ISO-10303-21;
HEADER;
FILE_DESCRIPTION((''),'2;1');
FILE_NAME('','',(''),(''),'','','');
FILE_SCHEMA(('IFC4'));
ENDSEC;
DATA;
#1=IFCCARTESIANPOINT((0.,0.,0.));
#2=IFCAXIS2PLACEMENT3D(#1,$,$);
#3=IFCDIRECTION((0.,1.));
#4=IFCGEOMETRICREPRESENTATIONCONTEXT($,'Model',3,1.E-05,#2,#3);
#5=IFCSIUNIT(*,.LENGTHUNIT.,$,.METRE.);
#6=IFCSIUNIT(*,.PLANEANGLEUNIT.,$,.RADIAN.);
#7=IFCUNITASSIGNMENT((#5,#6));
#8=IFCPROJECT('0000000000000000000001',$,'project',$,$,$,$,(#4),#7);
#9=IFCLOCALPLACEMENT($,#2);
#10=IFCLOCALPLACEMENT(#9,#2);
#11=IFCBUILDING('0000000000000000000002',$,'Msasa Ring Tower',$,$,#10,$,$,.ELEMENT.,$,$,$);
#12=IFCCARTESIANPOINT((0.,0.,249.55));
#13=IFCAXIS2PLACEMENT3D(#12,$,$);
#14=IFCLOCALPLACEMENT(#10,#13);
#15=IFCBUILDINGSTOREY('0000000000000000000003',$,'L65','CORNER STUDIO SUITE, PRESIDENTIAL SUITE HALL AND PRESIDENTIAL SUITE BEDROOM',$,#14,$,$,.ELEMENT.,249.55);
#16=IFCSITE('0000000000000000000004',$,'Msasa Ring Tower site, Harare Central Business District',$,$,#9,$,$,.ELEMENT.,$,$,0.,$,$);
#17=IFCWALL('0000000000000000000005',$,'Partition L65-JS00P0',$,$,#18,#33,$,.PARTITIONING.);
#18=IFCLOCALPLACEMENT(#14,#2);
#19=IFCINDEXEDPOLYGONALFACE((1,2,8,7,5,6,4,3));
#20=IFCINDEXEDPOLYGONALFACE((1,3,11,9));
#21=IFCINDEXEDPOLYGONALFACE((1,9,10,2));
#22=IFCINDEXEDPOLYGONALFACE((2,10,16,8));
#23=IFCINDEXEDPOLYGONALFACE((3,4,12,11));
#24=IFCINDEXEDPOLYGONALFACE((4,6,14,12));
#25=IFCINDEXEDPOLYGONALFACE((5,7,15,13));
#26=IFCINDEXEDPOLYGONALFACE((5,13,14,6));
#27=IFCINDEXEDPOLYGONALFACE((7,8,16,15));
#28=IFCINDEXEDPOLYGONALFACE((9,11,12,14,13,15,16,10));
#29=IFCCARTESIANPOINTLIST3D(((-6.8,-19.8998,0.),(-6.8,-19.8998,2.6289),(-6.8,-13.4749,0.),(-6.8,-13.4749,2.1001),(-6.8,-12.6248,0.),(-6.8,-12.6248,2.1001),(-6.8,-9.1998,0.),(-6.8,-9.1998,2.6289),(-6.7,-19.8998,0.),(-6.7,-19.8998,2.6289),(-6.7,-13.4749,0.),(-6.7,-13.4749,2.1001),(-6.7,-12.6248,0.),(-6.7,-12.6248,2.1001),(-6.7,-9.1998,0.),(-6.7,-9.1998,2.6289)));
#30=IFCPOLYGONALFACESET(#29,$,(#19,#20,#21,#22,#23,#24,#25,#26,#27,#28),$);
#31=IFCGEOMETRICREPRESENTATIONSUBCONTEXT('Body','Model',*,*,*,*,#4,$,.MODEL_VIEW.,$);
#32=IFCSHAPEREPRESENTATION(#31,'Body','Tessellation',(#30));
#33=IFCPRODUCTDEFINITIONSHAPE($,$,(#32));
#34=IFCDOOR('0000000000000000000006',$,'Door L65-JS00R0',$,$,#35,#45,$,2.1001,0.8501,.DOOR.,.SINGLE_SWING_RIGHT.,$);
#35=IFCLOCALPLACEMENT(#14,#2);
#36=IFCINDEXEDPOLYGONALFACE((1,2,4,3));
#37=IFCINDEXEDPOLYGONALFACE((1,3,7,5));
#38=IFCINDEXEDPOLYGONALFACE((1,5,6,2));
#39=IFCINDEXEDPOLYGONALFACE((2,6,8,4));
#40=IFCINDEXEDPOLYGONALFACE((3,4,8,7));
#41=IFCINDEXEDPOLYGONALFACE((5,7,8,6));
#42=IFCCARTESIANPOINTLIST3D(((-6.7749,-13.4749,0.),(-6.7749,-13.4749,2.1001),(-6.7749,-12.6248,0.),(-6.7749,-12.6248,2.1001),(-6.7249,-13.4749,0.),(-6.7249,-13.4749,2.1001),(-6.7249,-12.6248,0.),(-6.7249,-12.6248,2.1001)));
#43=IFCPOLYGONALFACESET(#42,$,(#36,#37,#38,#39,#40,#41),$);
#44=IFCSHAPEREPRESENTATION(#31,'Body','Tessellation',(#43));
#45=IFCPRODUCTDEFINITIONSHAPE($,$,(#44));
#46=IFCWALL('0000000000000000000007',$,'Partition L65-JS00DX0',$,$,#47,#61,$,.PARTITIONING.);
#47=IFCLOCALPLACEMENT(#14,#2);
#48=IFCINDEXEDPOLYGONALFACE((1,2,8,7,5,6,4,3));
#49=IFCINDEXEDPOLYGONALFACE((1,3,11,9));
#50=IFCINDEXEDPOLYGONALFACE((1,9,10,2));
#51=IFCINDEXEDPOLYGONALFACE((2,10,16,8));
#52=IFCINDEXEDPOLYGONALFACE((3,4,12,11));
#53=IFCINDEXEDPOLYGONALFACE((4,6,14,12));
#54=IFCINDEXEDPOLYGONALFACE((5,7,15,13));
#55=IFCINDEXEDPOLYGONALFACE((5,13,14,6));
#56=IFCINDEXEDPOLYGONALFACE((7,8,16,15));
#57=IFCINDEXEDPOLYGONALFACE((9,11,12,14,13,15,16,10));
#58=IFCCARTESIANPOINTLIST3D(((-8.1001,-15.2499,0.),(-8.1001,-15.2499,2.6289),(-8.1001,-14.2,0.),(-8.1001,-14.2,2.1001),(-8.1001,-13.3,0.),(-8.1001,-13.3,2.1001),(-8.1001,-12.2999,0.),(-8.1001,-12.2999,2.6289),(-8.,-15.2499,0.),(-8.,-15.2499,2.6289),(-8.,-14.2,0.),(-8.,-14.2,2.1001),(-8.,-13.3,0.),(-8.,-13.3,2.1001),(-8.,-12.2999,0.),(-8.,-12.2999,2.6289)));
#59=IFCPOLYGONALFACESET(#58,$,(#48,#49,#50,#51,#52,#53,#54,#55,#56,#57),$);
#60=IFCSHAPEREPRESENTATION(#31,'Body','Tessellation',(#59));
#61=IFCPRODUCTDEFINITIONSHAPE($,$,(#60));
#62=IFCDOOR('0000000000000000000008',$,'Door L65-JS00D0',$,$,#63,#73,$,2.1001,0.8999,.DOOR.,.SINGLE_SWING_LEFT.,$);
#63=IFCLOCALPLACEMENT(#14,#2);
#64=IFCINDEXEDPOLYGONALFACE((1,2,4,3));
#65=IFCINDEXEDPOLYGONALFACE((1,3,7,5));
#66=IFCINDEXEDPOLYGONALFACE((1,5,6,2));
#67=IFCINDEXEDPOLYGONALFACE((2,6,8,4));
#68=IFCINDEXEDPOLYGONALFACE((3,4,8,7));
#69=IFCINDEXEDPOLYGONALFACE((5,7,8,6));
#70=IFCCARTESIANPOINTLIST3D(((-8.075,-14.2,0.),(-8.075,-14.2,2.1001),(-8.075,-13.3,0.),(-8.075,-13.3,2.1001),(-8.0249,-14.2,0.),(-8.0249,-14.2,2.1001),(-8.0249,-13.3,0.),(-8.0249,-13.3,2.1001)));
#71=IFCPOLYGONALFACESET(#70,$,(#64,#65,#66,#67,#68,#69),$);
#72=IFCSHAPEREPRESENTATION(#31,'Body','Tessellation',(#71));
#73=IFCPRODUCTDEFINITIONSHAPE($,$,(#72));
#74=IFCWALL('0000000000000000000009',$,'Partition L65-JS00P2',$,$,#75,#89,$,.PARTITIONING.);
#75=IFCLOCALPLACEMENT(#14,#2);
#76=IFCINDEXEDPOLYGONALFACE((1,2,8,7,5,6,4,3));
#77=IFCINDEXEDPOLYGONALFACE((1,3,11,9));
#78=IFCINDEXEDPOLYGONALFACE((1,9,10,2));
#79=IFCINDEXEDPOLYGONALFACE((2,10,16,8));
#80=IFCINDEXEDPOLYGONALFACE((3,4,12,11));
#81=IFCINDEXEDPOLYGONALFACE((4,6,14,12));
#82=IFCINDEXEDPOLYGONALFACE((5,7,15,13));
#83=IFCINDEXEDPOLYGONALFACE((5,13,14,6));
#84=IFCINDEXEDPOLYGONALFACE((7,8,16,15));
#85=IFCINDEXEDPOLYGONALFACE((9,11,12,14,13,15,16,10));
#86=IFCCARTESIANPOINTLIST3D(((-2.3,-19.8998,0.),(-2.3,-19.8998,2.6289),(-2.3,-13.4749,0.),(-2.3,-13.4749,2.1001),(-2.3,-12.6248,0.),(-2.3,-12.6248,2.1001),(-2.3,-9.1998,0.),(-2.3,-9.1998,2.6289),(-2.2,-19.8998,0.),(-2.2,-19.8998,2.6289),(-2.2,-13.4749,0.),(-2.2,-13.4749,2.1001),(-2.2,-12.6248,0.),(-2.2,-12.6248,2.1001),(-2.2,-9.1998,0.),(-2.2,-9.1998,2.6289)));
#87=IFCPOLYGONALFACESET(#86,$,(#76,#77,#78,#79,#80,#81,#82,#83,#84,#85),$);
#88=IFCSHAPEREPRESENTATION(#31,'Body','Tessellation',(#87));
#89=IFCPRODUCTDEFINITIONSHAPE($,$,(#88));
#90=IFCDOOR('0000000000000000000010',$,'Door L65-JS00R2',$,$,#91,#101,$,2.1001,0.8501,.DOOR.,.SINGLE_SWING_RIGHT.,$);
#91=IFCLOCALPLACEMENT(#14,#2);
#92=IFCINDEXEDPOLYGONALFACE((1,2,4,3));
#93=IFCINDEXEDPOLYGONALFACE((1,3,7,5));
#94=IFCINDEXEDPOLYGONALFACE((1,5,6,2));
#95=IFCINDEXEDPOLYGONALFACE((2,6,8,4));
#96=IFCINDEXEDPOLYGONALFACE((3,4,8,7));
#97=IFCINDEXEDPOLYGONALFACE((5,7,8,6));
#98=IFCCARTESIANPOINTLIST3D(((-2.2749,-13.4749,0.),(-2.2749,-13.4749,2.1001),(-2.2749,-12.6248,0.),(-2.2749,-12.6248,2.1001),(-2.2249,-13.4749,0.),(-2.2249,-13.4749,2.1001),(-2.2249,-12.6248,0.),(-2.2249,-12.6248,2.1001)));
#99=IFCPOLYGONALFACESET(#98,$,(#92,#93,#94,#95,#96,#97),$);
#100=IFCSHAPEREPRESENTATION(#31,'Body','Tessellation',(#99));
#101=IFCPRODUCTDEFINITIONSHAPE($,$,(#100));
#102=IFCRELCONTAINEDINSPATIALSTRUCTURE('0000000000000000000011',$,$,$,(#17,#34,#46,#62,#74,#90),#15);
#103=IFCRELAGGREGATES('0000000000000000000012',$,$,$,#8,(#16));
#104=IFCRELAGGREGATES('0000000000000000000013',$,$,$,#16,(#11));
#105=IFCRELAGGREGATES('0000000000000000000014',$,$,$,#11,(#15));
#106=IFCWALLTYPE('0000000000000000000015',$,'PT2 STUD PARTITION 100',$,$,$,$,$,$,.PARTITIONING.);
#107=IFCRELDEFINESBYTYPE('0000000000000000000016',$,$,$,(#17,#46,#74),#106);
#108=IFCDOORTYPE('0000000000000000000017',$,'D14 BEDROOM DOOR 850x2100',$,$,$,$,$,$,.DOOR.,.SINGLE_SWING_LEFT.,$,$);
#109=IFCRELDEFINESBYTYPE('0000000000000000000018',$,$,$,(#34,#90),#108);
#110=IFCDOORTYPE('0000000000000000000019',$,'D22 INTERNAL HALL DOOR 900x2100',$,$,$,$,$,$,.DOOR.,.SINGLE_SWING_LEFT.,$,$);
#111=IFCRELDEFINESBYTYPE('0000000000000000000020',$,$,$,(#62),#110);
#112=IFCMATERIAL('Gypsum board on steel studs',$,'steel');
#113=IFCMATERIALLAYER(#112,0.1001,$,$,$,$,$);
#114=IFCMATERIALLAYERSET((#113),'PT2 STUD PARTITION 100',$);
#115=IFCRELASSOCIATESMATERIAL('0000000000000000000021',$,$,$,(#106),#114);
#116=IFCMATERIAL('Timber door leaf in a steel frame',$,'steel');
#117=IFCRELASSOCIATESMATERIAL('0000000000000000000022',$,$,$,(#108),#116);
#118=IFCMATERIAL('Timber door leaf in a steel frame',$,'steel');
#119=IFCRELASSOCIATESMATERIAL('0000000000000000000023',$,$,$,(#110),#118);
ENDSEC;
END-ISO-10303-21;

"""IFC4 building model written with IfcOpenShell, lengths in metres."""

from ifc_helpers import new_model, si_unit, direction, frame, frame_2d, origin, place, context, subcontext, project, spatial, rectangle, extrude, material, layer, layer_set, type_object, element, fill, save


model = new_model("IFC4")

# Units and contexts
model_context = context("Model", 3, precision=1e-05, world=origin(), true_north=direction((0.0, 1.0)))
body_context = subcontext(model_context, "Body", "Model", "MODEL_VIEW")
ifc_project = project(units=[si_unit("LENGTHUNIT", "METRE"), si_unit("PLANEANGLEUNIT", "RADIAN")], contexts=[model_context])

# Site, building, storey
site_placement = place(None, origin())
site = spatial("IfcSite", under=ifc_project, at=site_placement, Name="Msasa Ring Tower site, Harare Central Business District", CompositionType="ELEMENT", RefElevation=0.0)
building_placement = place(site_placement, origin())
building = spatial("IfcBuilding", under=site, at=building_placement, Name="Msasa Ring Tower", CompositionType="ELEMENT")
storey_placement = place(building_placement, frame((0.0, 0.0, 249.55)))
storey = spatial("IfcBuildingStorey", under=building, at=storey_placement, Name="L65", Description="CORNER STUDIO SUITE, PRESIDENTIAL SUITE HALL AND PRESIDENTIAL SUITE BEDROOM", CompositionType="ELEMENT", Elevation=249.55)

# Walls, openings, doors
ifc_material_1 = material(Name="Gypsum board on steel studs", Category="steel")
ifc_layer_1 = layer(ifc_material_1, 0.1001)
ifc_layer_set_1 = layer_set([ifc_layer_1], Name="PT2 STUD PARTITION 100")
wall_type_1 = type_object("IfcWallType", Name="PT2 STUD PARTITION 100", PredefinedType="PARTITIONING", material=ifc_layer_set_1)
wall_1_placement = place(storey_placement, frame((-6.75, -19.8999, 0.0), z_axis=(0.0, 0.0, 1.0), x_axis=(0.0, 1.0, 0.0)))
wall_1 = element("IfcWall", 1, at=wall_1_placement, inside=storey, type_object=wall_type_1, Name="Partition L65-JS00P0", PredefinedType="PARTITIONING", context=body_context, shape_type="SweptSolid", body=[
    extrude(rectangle(XDim=10.7, YDim=0.1001, at=frame_2d((5.3501, 0.0))), origin(), (0.0, 0.0, 1.0), 2.6289),
])
opening_1_placement = place(wall_1_placement, frame((6.425, 0.0, 0.0)))
opening_1 = element("IfcOpeningElement", 2, at=opening_1_placement, cuts=wall_1, PredefinedType="OPENING", context=body_context, shape_type="SweptSolid", body=[
    extrude(rectangle(XDim=0.8501, YDim=2.1001, at=frame_2d((0.425, 1.05))), frame((0.0, 0.0601, 0.0), z_axis=(0.0, -1.0, 0.0), x_axis=(1.0, 0.0, 0.0)), (0.0, 0.0, 1.0), 0.1201),
])
ifc_material_2 = material(Name="Timber door leaf in a steel frame", Category="steel")
door_type_1 = type_object("IfcDoorType", Name="D14 BEDROOM DOOR 850x2100", OperationType="SINGLE_SWING_LEFT", PredefinedType="DOOR", material=ifc_material_2)
door_1_placement = place(opening_1_placement, origin())
door_1 = element("IfcDoor", 3, at=door_1_placement, inside=storey, type_object=door_type_1, Name="Door L65-JS00R0", OperationType="SINGLE_SWING_RIGHT", OverallHeight=2.1001, OverallWidth=0.8501, PredefinedType="DOOR", context=body_context, shape_type="SweptSolid", body=[
    extrude(rectangle(XDim=0.8501, YDim=2.1001, at=frame_2d((0.425, 1.05))), frame((0.0, 0.0249, 0.0), z_axis=(0.0, -1.0, 0.0), x_axis=(1.0, 0.0, 0.0)), (0.0, 0.0, 1.0), 0.05),
])
fill(opening_1, door_1)
wall_2_placement = place(storey_placement, frame((-8.05, -15.25, 0.0), z_axis=(0.0, 0.0, 1.0), x_axis=(0.0, 1.0, 0.0)))
wall_2 = element("IfcWall", 4, at=wall_2_placement, inside=storey, type_object=wall_type_1, Name="Partition L65-JS00DX0", PredefinedType="PARTITIONING", context=body_context, shape_type="SweptSolid", body=[
    extrude(rectangle(XDim=2.95, YDim=0.1001, at=frame_2d((1.4751, 0.0))), origin(), (0.0, 0.0, 1.0), 2.6289),
])
opening_2_placement = place(wall_2_placement, frame((1.05, 0.0, 0.0)))
opening_2 = element("IfcOpeningElement", 5, at=opening_2_placement, cuts=wall_2, PredefinedType="OPENING", context=body_context, shape_type="SweptSolid", body=[
    extrude(rectangle(XDim=0.8999, YDim=2.1001, at=frame_2d((0.45, 1.05))), frame((0.0, 0.0601, 0.0), z_axis=(0.0, -1.0, 0.0), x_axis=(1.0, 0.0, 0.0)), (0.0, 0.0, 1.0), 0.1201),
])
ifc_material_3 = material(Name="Timber door leaf in a steel frame", Category="steel")
door_type_2 = type_object("IfcDoorType", Name="D22 INTERNAL HALL DOOR 900x2100", OperationType="SINGLE_SWING_LEFT", PredefinedType="DOOR", material=ifc_material_3)
door_2_placement = place(opening_2_placement, origin())
door_2 = element("IfcDoor", 6, at=door_2_placement, inside=storey, type_object=door_type_2, Name="Door L65-JS00D0", OperationType="SINGLE_SWING_LEFT", OverallHeight=2.1001, OverallWidth=0.8999, PredefinedType="DOOR", context=body_context, shape_type="SweptSolid", body=[
    extrude(rectangle(XDim=0.8999, YDim=2.1001, at=frame_2d((0.45, 1.05))), frame((0.0, 0.0249, 0.0), z_axis=(0.0, -1.0, 0.0), x_axis=(1.0, 0.0, 0.0)), (0.0, 0.0, 1.0), 0.05),
])
fill(opening_2, door_2)
wall_3_placement = place(storey_placement, frame((-2.25, -19.8999, 0.0), z_axis=(0.0, 0.0, 1.0), x_axis=(0.0, 1.0, 0.0)))
wall_3 = element("IfcWall", 7, at=wall_3_placement, inside=storey, type_object=wall_type_1, Name="Partition L65-JS00P2", PredefinedType="PARTITIONING", context=body_context, shape_type="SweptSolid", body=[
    extrude(rectangle(XDim=10.7, YDim=0.1001, at=frame_2d((5.3501, 0.0))), origin(), (0.0, 0.0, 1.0), 2.6289),
])
opening_3_placement = place(wall_3_placement, frame((6.425, 0.0, 0.0)))
opening_3 = element("IfcOpeningElement", 8, at=opening_3_placement, cuts=wall_3, PredefinedType="OPENING", context=body_context, shape_type="SweptSolid", body=[
    extrude(rectangle(XDim=0.8501, YDim=2.1001, at=frame_2d((0.425, 1.05))), frame((0.0, 0.0601, 0.0), z_axis=(0.0, -1.0, 0.0), x_axis=(1.0, 0.0, 0.0)), (0.0, 0.0, 1.0), 0.1201),
])
door_3_placement = place(opening_3_placement, origin())
door_3 = element("IfcDoor", 9, at=door_3_placement, inside=storey, type_object=door_type_1, Name="Door L65-JS00R2", OperationType="SINGLE_SWING_RIGHT", OverallHeight=2.1001, OverallWidth=0.8501, PredefinedType="DOOR", context=body_context, shape_type="SweptSolid", body=[
    extrude(rectangle(XDim=0.8501, YDim=2.1001, at=frame_2d((0.425, 1.05))), frame((0.0, 0.0249, 0.0), z_axis=(0.0, -1.0, 0.0), x_axis=(1.0, 0.0, 0.0)), (0.0, 0.0, 1.0), 0.05),
])
fill(opening_3, door_3)

save(model, "model.ifc")
